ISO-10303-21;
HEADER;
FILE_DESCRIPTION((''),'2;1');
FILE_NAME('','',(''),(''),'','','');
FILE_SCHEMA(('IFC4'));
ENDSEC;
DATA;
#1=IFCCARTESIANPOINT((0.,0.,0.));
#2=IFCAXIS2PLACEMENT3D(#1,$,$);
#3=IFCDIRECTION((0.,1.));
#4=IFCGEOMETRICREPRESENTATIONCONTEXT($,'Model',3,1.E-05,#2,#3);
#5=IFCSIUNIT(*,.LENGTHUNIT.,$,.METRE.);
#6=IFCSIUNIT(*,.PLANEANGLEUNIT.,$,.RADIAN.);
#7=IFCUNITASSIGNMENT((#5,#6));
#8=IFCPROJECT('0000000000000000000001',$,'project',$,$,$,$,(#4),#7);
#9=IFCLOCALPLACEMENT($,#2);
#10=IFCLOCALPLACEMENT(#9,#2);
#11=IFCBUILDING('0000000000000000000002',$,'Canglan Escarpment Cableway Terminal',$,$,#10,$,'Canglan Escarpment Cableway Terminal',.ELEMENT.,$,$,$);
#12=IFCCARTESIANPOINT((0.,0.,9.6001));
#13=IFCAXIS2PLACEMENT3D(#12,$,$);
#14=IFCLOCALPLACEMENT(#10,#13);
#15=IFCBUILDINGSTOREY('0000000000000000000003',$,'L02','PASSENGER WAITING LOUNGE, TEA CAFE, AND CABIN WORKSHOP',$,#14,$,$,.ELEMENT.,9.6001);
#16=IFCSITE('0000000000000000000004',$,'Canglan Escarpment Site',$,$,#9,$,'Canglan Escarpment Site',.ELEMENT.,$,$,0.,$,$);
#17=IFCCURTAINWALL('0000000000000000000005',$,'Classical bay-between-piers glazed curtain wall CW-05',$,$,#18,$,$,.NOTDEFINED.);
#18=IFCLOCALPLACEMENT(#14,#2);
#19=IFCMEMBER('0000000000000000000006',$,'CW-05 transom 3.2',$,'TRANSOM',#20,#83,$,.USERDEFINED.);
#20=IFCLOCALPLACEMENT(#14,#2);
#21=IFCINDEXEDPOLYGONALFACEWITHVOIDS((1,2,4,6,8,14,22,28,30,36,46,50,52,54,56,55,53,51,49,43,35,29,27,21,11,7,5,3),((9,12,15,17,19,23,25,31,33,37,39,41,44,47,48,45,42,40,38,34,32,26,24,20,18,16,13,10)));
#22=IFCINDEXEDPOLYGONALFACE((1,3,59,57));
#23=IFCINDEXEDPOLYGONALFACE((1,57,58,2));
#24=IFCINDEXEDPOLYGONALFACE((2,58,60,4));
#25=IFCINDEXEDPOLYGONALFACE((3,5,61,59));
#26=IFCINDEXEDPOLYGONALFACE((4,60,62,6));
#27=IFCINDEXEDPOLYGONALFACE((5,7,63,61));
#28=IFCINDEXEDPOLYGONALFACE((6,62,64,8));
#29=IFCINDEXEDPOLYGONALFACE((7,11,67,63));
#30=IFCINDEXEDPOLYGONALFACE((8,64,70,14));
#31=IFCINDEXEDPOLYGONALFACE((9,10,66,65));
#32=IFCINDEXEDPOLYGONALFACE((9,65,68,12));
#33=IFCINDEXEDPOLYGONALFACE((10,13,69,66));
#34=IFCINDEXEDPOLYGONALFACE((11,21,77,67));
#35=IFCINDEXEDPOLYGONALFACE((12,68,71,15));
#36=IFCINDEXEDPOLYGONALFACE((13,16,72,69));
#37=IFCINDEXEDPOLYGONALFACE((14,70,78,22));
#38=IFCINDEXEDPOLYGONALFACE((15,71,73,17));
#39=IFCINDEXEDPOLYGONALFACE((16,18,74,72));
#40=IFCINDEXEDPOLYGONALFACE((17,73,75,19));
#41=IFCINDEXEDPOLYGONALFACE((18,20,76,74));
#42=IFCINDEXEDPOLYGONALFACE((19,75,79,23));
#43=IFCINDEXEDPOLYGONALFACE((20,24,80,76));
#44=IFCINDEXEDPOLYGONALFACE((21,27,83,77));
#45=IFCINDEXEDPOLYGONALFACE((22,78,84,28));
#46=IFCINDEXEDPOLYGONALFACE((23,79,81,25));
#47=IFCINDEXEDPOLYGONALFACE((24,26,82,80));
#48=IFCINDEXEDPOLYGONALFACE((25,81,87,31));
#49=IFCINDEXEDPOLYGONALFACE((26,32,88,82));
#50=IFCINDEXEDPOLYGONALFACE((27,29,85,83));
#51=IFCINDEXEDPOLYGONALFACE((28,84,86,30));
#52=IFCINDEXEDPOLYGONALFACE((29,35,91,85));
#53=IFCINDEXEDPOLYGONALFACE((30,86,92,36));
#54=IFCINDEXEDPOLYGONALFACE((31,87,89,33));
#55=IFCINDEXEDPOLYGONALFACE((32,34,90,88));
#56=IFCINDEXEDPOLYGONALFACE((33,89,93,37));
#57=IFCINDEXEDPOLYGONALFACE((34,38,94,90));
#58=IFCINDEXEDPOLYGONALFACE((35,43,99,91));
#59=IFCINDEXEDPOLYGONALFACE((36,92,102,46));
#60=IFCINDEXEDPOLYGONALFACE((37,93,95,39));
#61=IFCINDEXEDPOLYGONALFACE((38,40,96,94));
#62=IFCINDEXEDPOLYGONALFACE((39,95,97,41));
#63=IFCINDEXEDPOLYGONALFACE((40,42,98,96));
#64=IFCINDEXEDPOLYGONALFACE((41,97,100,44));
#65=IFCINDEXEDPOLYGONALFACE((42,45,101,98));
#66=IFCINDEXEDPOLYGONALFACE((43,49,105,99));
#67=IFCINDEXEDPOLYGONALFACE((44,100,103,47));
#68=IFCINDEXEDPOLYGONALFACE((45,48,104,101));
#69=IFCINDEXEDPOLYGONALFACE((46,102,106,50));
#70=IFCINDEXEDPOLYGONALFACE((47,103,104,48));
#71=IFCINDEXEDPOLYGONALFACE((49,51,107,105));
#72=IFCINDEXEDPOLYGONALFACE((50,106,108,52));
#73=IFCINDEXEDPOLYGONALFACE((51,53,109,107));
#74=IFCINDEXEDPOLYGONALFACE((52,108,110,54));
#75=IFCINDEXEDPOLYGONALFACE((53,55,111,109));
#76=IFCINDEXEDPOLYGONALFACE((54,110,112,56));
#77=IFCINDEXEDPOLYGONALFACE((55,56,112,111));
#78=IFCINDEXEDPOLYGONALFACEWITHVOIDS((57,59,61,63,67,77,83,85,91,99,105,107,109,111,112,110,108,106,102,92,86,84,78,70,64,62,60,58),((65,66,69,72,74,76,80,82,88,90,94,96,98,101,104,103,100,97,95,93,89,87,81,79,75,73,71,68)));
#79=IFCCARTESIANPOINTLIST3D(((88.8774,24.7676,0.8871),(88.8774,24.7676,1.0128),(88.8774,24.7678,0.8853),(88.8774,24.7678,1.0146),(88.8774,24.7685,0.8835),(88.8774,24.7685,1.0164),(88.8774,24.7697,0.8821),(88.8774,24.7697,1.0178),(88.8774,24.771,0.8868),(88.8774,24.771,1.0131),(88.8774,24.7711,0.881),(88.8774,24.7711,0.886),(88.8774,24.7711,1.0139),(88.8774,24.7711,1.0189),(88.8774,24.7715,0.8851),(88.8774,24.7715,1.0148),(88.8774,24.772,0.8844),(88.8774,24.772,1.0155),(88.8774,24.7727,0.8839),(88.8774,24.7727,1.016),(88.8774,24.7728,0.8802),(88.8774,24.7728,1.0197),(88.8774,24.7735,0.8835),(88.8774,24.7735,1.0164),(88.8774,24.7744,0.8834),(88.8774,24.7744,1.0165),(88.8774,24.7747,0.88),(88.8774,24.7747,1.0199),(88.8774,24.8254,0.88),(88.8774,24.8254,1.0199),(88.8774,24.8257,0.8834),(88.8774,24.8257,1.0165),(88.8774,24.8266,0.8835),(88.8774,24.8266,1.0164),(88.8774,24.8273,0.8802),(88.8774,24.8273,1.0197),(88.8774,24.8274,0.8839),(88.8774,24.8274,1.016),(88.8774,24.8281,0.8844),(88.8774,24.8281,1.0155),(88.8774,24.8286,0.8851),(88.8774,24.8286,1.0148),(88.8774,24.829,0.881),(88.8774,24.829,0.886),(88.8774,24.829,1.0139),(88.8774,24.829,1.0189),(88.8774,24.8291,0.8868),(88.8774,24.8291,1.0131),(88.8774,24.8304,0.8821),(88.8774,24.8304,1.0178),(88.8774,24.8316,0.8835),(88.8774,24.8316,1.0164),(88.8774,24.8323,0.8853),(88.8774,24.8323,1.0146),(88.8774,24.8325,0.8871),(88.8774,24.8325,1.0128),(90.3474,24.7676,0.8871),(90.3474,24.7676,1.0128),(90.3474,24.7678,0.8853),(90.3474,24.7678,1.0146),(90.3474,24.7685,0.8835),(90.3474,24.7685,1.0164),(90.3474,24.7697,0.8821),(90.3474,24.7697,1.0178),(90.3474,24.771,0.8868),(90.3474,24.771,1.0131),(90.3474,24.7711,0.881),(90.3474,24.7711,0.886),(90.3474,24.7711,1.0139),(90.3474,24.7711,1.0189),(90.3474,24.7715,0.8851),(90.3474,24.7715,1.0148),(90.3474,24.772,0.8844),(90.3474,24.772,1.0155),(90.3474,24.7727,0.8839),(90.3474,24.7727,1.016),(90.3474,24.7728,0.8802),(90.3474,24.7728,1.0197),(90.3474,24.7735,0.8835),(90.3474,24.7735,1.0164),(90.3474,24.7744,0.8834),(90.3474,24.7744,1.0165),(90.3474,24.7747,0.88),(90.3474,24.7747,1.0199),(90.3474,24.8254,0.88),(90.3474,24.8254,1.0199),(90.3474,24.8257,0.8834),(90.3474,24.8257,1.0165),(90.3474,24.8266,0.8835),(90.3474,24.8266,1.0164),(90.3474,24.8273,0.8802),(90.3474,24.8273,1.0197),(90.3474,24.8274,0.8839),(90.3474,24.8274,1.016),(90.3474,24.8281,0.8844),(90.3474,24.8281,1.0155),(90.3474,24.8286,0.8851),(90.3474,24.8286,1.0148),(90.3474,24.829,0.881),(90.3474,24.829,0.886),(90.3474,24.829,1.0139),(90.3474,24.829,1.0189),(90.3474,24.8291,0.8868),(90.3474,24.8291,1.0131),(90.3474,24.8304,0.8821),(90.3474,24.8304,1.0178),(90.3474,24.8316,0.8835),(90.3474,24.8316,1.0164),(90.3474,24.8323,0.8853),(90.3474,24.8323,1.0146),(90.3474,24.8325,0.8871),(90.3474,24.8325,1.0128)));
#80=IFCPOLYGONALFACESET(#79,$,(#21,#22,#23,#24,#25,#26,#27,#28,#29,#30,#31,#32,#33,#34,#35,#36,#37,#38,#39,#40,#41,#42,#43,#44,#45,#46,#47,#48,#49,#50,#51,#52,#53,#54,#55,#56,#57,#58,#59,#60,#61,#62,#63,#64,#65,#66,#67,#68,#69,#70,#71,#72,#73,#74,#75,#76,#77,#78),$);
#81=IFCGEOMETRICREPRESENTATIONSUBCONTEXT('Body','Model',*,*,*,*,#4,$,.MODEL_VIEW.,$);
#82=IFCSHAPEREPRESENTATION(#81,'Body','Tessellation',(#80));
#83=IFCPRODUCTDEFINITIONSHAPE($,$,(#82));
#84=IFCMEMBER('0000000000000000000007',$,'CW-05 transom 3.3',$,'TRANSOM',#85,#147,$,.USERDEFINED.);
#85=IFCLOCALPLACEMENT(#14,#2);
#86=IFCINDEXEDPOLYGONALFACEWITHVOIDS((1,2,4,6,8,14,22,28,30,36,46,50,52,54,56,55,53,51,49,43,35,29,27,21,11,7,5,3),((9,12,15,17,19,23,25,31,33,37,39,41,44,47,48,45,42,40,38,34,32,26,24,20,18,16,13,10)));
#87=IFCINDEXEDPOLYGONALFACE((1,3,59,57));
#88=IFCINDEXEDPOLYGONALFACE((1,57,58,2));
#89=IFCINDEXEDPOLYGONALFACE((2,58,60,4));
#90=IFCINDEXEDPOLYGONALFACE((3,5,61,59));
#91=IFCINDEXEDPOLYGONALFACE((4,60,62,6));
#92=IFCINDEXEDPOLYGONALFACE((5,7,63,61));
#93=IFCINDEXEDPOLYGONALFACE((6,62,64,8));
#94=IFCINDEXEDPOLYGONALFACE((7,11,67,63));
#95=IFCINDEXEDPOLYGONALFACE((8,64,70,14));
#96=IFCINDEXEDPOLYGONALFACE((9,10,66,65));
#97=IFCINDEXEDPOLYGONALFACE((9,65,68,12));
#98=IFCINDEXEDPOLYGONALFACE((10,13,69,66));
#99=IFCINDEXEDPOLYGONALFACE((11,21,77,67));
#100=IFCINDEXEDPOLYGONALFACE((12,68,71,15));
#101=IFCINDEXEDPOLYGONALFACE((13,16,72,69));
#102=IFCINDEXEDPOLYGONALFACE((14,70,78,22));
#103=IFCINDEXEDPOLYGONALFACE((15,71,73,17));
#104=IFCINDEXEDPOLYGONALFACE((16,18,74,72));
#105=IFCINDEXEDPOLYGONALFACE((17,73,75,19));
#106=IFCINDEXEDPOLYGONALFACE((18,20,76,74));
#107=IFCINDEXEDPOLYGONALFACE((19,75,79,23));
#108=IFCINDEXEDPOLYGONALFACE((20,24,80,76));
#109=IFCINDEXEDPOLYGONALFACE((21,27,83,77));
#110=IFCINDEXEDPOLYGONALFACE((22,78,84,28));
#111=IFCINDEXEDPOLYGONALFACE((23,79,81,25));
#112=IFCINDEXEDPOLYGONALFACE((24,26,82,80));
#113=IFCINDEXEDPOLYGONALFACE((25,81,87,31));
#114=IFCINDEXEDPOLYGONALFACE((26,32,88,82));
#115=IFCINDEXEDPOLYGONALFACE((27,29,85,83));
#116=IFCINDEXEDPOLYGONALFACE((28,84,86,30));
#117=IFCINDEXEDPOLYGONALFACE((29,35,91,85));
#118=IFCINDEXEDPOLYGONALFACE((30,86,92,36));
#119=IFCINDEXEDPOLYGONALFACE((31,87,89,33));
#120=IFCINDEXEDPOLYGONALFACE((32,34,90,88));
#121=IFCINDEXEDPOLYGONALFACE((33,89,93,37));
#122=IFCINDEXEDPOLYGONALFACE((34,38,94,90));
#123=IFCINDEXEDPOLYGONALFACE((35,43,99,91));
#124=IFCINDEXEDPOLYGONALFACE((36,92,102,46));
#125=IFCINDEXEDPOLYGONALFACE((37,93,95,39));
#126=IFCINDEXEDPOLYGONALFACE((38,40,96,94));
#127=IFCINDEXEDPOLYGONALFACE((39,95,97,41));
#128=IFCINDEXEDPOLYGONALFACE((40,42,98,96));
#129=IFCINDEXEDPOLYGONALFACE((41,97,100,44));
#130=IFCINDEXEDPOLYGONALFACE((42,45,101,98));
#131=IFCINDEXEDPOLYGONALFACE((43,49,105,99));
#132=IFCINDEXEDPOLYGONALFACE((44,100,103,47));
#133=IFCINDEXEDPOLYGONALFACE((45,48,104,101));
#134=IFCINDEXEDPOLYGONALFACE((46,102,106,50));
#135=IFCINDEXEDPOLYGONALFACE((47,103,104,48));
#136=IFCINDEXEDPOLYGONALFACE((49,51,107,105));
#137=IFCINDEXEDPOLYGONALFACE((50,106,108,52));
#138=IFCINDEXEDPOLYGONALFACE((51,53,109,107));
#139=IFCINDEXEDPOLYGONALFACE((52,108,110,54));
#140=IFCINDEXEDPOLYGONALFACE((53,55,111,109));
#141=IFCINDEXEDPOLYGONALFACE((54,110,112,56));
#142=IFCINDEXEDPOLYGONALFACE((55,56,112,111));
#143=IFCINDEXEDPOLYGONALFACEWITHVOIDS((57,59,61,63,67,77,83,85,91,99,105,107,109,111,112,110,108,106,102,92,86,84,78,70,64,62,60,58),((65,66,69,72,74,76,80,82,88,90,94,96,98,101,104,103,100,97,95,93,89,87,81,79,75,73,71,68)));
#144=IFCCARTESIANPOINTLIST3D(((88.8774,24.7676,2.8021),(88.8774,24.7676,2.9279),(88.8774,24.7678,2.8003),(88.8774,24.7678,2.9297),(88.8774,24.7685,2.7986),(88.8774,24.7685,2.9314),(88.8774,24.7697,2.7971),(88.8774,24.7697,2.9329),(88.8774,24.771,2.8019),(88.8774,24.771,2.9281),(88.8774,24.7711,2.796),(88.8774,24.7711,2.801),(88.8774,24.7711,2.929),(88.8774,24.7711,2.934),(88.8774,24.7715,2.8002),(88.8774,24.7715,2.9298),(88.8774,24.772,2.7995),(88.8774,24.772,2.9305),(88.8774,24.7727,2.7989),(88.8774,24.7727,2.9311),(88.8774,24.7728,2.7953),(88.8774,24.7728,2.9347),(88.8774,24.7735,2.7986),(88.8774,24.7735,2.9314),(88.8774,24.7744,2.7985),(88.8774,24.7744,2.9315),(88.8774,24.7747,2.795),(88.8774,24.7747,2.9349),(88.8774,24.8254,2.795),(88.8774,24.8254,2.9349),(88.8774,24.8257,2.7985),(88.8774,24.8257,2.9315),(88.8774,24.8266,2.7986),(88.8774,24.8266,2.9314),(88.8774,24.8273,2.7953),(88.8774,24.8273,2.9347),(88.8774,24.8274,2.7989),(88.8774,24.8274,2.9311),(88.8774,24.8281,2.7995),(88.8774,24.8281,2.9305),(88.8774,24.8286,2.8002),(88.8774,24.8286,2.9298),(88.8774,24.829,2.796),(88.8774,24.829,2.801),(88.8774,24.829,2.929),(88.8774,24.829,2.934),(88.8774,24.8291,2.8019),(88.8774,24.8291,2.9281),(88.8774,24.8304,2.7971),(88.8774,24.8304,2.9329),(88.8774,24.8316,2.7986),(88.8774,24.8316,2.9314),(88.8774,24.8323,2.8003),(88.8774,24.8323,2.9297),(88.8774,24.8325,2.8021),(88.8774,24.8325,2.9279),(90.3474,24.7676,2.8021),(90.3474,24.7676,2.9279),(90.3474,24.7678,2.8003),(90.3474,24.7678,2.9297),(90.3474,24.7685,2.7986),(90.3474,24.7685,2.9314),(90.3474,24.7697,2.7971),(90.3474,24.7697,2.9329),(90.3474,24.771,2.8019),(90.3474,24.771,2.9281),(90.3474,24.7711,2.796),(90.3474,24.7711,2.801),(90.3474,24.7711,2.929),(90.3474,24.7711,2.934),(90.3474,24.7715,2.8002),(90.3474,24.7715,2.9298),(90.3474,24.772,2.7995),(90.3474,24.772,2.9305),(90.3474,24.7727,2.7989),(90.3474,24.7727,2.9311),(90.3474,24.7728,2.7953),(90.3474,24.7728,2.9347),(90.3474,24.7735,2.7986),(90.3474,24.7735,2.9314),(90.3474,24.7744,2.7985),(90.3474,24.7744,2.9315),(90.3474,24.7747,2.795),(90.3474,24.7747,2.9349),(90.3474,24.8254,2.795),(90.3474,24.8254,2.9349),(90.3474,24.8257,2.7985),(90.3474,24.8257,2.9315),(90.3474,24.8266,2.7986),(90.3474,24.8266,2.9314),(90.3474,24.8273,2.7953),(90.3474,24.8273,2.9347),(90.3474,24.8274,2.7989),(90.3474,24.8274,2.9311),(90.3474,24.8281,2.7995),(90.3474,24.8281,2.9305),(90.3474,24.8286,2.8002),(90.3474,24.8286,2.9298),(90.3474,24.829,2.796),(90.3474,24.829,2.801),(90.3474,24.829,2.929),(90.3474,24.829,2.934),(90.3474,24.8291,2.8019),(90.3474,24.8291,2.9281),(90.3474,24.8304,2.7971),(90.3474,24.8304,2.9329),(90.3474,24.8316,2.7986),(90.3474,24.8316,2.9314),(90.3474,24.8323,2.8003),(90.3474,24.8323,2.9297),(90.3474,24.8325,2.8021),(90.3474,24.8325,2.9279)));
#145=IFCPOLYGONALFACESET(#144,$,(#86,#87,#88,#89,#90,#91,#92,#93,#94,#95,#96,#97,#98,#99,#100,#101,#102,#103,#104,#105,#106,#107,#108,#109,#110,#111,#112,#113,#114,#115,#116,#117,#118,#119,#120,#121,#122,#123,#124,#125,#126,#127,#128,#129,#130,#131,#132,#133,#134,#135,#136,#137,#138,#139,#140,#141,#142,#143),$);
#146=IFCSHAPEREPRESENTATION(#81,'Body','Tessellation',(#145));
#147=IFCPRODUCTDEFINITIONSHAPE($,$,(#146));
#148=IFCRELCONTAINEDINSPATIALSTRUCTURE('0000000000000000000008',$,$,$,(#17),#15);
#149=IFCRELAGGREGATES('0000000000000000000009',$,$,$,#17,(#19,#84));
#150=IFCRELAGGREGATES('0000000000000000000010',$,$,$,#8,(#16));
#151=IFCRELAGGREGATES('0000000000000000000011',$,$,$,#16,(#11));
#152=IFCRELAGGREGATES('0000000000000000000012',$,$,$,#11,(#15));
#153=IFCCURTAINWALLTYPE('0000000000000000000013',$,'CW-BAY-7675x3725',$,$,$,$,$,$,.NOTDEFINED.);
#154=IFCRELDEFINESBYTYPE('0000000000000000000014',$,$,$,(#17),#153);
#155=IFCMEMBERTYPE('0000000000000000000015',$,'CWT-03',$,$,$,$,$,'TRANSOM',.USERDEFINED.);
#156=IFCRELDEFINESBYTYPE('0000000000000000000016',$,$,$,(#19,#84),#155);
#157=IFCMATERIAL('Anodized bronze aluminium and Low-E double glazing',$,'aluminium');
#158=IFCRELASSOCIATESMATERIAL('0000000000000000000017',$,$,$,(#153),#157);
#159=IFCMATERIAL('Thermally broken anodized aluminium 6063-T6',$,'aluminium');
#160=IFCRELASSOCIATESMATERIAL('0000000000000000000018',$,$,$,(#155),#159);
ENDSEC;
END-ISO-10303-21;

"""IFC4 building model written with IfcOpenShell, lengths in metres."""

from ifc_helpers import new_model, si_unit, direction, frame, origin, origin_2d, place, context, subcontext, project, spatial, hollow_rectangle, extrude, material, material_profile, profile_set, type_object, element, aggregate, save


model = new_model("IFC4")

# Units and contexts
model_context = context("Model", 3, precision=1e-05, world=origin(), true_north=direction((0.0, 1.0)))
body_context = subcontext(model_context, "Body", "Model", "MODEL_VIEW")
ifc_project = project(units=[si_unit("LENGTHUNIT", "METRE"), si_unit("PLANEANGLEUNIT", "RADIAN")], contexts=[model_context])

# Site, building, storey
site_placement = place(None, origin())
site = spatial("IfcSite", under=ifc_project, at=site_placement, Name="Canglan Escarpment Site", LongName="Canglan Escarpment Site", CompositionType="ELEMENT", RefElevation=0.0)
building_placement = place(site_placement, origin())
building = spatial("IfcBuilding", under=site, at=building_placement, Name="Canglan Escarpment Cableway Terminal", LongName="Canglan Escarpment Cableway Terminal", CompositionType="ELEMENT")
storey_placement = place(building_placement, frame((0.0, 0.0, 9.6001)))
storey = spatial("IfcBuildingStorey", under=building, at=storey_placement, Name="L02", Description="PASSENGER WAITING LOUNGE, TEA CAFE, AND CABIN WORKSHOP", CompositionType="ELEMENT", Elevation=9.6001)

# Curtain wall, members
ifc_material_1 = material(Name="Anodized bronze aluminium and Low-E double glazing", Category="aluminium")
curtain_wall_type = type_object("IfcCurtainWallType", Name="CW-BAY-7675x3725", PredefinedType="NOTDEFINED", material=ifc_material_1)
curtain_wall_placement = place(storey_placement, origin())
curtain_wall = element("IfcCurtainWall", 1, at=curtain_wall_placement, inside=storey, type_object=curtain_wall_type, Name="Classical bay-between-piers glazed curtain wall CW-05", PredefinedType="NOTDEFINED")
ifc_material_2 = material(Name="Thermally broken anodized aluminium 6063-T6", Category="aluminium")
ifc_material_profile_1 = material_profile(ifc_material_2, hollow_rectangle(XDim=0.0649, YDim=0.1399, WallThickness=0.0034, InnerFilletRadius=0.0034, OuterFilletRadius=0.0071, at=origin_2d()), Name="ALU-TRAN 65x140x3.5")
ifc_profile_set_1 = profile_set([ifc_material_profile_1], Name="Thermally broken anodized aluminium 6063-T6")
member_type_1 = type_object("IfcMemberType", Name="CWT-03", ElementType="TRANSOM", PredefinedType="USERDEFINED", material=ifc_profile_set_1)
member_1_placement = place(storey_placement, frame((90.3474, 24.8, 0.95), z_axis=(-1.0, 0.0, 0.0), x_axis=(0.0, -1.0, 0.0)))
member_1 = element("IfcMember", 2, at=member_1_placement, type_object=member_type_1, Name="CW-05 transom 3.2", ObjectType="TRANSOM", PredefinedType="USERDEFINED", context=body_context, shape_type="SweptSolid", body=[
    extrude(hollow_rectangle(XDim=0.0649, YDim=0.1399, WallThickness=0.0034, InnerFilletRadius=0.0034, OuterFilletRadius=0.0071, at=origin_2d()), origin(), (0.0, 0.0, 1.0), 1.47),
])
member_2_placement = place(storey_placement, frame((90.3474, 24.8, 2.865), z_axis=(-1.0, 0.0, 0.0), x_axis=(0.0, -1.0, 0.0)))
member_2 = element("IfcMember", 3, at=member_2_placement, type_object=member_type_1, Name="CW-05 transom 3.3", ObjectType="TRANSOM", PredefinedType="USERDEFINED", context=body_context, shape_type="SweptSolid", body=[
    extrude(hollow_rectangle(XDim=0.0649, YDim=0.1399, WallThickness=0.0034, InnerFilletRadius=0.0034, OuterFilletRadius=0.0071, at=origin_2d()), origin(), (0.0, 0.0, 1.0), 1.47),
])
aggregate(curtain_wall, [member_1, member_2])

save(model, "model.ifc")
